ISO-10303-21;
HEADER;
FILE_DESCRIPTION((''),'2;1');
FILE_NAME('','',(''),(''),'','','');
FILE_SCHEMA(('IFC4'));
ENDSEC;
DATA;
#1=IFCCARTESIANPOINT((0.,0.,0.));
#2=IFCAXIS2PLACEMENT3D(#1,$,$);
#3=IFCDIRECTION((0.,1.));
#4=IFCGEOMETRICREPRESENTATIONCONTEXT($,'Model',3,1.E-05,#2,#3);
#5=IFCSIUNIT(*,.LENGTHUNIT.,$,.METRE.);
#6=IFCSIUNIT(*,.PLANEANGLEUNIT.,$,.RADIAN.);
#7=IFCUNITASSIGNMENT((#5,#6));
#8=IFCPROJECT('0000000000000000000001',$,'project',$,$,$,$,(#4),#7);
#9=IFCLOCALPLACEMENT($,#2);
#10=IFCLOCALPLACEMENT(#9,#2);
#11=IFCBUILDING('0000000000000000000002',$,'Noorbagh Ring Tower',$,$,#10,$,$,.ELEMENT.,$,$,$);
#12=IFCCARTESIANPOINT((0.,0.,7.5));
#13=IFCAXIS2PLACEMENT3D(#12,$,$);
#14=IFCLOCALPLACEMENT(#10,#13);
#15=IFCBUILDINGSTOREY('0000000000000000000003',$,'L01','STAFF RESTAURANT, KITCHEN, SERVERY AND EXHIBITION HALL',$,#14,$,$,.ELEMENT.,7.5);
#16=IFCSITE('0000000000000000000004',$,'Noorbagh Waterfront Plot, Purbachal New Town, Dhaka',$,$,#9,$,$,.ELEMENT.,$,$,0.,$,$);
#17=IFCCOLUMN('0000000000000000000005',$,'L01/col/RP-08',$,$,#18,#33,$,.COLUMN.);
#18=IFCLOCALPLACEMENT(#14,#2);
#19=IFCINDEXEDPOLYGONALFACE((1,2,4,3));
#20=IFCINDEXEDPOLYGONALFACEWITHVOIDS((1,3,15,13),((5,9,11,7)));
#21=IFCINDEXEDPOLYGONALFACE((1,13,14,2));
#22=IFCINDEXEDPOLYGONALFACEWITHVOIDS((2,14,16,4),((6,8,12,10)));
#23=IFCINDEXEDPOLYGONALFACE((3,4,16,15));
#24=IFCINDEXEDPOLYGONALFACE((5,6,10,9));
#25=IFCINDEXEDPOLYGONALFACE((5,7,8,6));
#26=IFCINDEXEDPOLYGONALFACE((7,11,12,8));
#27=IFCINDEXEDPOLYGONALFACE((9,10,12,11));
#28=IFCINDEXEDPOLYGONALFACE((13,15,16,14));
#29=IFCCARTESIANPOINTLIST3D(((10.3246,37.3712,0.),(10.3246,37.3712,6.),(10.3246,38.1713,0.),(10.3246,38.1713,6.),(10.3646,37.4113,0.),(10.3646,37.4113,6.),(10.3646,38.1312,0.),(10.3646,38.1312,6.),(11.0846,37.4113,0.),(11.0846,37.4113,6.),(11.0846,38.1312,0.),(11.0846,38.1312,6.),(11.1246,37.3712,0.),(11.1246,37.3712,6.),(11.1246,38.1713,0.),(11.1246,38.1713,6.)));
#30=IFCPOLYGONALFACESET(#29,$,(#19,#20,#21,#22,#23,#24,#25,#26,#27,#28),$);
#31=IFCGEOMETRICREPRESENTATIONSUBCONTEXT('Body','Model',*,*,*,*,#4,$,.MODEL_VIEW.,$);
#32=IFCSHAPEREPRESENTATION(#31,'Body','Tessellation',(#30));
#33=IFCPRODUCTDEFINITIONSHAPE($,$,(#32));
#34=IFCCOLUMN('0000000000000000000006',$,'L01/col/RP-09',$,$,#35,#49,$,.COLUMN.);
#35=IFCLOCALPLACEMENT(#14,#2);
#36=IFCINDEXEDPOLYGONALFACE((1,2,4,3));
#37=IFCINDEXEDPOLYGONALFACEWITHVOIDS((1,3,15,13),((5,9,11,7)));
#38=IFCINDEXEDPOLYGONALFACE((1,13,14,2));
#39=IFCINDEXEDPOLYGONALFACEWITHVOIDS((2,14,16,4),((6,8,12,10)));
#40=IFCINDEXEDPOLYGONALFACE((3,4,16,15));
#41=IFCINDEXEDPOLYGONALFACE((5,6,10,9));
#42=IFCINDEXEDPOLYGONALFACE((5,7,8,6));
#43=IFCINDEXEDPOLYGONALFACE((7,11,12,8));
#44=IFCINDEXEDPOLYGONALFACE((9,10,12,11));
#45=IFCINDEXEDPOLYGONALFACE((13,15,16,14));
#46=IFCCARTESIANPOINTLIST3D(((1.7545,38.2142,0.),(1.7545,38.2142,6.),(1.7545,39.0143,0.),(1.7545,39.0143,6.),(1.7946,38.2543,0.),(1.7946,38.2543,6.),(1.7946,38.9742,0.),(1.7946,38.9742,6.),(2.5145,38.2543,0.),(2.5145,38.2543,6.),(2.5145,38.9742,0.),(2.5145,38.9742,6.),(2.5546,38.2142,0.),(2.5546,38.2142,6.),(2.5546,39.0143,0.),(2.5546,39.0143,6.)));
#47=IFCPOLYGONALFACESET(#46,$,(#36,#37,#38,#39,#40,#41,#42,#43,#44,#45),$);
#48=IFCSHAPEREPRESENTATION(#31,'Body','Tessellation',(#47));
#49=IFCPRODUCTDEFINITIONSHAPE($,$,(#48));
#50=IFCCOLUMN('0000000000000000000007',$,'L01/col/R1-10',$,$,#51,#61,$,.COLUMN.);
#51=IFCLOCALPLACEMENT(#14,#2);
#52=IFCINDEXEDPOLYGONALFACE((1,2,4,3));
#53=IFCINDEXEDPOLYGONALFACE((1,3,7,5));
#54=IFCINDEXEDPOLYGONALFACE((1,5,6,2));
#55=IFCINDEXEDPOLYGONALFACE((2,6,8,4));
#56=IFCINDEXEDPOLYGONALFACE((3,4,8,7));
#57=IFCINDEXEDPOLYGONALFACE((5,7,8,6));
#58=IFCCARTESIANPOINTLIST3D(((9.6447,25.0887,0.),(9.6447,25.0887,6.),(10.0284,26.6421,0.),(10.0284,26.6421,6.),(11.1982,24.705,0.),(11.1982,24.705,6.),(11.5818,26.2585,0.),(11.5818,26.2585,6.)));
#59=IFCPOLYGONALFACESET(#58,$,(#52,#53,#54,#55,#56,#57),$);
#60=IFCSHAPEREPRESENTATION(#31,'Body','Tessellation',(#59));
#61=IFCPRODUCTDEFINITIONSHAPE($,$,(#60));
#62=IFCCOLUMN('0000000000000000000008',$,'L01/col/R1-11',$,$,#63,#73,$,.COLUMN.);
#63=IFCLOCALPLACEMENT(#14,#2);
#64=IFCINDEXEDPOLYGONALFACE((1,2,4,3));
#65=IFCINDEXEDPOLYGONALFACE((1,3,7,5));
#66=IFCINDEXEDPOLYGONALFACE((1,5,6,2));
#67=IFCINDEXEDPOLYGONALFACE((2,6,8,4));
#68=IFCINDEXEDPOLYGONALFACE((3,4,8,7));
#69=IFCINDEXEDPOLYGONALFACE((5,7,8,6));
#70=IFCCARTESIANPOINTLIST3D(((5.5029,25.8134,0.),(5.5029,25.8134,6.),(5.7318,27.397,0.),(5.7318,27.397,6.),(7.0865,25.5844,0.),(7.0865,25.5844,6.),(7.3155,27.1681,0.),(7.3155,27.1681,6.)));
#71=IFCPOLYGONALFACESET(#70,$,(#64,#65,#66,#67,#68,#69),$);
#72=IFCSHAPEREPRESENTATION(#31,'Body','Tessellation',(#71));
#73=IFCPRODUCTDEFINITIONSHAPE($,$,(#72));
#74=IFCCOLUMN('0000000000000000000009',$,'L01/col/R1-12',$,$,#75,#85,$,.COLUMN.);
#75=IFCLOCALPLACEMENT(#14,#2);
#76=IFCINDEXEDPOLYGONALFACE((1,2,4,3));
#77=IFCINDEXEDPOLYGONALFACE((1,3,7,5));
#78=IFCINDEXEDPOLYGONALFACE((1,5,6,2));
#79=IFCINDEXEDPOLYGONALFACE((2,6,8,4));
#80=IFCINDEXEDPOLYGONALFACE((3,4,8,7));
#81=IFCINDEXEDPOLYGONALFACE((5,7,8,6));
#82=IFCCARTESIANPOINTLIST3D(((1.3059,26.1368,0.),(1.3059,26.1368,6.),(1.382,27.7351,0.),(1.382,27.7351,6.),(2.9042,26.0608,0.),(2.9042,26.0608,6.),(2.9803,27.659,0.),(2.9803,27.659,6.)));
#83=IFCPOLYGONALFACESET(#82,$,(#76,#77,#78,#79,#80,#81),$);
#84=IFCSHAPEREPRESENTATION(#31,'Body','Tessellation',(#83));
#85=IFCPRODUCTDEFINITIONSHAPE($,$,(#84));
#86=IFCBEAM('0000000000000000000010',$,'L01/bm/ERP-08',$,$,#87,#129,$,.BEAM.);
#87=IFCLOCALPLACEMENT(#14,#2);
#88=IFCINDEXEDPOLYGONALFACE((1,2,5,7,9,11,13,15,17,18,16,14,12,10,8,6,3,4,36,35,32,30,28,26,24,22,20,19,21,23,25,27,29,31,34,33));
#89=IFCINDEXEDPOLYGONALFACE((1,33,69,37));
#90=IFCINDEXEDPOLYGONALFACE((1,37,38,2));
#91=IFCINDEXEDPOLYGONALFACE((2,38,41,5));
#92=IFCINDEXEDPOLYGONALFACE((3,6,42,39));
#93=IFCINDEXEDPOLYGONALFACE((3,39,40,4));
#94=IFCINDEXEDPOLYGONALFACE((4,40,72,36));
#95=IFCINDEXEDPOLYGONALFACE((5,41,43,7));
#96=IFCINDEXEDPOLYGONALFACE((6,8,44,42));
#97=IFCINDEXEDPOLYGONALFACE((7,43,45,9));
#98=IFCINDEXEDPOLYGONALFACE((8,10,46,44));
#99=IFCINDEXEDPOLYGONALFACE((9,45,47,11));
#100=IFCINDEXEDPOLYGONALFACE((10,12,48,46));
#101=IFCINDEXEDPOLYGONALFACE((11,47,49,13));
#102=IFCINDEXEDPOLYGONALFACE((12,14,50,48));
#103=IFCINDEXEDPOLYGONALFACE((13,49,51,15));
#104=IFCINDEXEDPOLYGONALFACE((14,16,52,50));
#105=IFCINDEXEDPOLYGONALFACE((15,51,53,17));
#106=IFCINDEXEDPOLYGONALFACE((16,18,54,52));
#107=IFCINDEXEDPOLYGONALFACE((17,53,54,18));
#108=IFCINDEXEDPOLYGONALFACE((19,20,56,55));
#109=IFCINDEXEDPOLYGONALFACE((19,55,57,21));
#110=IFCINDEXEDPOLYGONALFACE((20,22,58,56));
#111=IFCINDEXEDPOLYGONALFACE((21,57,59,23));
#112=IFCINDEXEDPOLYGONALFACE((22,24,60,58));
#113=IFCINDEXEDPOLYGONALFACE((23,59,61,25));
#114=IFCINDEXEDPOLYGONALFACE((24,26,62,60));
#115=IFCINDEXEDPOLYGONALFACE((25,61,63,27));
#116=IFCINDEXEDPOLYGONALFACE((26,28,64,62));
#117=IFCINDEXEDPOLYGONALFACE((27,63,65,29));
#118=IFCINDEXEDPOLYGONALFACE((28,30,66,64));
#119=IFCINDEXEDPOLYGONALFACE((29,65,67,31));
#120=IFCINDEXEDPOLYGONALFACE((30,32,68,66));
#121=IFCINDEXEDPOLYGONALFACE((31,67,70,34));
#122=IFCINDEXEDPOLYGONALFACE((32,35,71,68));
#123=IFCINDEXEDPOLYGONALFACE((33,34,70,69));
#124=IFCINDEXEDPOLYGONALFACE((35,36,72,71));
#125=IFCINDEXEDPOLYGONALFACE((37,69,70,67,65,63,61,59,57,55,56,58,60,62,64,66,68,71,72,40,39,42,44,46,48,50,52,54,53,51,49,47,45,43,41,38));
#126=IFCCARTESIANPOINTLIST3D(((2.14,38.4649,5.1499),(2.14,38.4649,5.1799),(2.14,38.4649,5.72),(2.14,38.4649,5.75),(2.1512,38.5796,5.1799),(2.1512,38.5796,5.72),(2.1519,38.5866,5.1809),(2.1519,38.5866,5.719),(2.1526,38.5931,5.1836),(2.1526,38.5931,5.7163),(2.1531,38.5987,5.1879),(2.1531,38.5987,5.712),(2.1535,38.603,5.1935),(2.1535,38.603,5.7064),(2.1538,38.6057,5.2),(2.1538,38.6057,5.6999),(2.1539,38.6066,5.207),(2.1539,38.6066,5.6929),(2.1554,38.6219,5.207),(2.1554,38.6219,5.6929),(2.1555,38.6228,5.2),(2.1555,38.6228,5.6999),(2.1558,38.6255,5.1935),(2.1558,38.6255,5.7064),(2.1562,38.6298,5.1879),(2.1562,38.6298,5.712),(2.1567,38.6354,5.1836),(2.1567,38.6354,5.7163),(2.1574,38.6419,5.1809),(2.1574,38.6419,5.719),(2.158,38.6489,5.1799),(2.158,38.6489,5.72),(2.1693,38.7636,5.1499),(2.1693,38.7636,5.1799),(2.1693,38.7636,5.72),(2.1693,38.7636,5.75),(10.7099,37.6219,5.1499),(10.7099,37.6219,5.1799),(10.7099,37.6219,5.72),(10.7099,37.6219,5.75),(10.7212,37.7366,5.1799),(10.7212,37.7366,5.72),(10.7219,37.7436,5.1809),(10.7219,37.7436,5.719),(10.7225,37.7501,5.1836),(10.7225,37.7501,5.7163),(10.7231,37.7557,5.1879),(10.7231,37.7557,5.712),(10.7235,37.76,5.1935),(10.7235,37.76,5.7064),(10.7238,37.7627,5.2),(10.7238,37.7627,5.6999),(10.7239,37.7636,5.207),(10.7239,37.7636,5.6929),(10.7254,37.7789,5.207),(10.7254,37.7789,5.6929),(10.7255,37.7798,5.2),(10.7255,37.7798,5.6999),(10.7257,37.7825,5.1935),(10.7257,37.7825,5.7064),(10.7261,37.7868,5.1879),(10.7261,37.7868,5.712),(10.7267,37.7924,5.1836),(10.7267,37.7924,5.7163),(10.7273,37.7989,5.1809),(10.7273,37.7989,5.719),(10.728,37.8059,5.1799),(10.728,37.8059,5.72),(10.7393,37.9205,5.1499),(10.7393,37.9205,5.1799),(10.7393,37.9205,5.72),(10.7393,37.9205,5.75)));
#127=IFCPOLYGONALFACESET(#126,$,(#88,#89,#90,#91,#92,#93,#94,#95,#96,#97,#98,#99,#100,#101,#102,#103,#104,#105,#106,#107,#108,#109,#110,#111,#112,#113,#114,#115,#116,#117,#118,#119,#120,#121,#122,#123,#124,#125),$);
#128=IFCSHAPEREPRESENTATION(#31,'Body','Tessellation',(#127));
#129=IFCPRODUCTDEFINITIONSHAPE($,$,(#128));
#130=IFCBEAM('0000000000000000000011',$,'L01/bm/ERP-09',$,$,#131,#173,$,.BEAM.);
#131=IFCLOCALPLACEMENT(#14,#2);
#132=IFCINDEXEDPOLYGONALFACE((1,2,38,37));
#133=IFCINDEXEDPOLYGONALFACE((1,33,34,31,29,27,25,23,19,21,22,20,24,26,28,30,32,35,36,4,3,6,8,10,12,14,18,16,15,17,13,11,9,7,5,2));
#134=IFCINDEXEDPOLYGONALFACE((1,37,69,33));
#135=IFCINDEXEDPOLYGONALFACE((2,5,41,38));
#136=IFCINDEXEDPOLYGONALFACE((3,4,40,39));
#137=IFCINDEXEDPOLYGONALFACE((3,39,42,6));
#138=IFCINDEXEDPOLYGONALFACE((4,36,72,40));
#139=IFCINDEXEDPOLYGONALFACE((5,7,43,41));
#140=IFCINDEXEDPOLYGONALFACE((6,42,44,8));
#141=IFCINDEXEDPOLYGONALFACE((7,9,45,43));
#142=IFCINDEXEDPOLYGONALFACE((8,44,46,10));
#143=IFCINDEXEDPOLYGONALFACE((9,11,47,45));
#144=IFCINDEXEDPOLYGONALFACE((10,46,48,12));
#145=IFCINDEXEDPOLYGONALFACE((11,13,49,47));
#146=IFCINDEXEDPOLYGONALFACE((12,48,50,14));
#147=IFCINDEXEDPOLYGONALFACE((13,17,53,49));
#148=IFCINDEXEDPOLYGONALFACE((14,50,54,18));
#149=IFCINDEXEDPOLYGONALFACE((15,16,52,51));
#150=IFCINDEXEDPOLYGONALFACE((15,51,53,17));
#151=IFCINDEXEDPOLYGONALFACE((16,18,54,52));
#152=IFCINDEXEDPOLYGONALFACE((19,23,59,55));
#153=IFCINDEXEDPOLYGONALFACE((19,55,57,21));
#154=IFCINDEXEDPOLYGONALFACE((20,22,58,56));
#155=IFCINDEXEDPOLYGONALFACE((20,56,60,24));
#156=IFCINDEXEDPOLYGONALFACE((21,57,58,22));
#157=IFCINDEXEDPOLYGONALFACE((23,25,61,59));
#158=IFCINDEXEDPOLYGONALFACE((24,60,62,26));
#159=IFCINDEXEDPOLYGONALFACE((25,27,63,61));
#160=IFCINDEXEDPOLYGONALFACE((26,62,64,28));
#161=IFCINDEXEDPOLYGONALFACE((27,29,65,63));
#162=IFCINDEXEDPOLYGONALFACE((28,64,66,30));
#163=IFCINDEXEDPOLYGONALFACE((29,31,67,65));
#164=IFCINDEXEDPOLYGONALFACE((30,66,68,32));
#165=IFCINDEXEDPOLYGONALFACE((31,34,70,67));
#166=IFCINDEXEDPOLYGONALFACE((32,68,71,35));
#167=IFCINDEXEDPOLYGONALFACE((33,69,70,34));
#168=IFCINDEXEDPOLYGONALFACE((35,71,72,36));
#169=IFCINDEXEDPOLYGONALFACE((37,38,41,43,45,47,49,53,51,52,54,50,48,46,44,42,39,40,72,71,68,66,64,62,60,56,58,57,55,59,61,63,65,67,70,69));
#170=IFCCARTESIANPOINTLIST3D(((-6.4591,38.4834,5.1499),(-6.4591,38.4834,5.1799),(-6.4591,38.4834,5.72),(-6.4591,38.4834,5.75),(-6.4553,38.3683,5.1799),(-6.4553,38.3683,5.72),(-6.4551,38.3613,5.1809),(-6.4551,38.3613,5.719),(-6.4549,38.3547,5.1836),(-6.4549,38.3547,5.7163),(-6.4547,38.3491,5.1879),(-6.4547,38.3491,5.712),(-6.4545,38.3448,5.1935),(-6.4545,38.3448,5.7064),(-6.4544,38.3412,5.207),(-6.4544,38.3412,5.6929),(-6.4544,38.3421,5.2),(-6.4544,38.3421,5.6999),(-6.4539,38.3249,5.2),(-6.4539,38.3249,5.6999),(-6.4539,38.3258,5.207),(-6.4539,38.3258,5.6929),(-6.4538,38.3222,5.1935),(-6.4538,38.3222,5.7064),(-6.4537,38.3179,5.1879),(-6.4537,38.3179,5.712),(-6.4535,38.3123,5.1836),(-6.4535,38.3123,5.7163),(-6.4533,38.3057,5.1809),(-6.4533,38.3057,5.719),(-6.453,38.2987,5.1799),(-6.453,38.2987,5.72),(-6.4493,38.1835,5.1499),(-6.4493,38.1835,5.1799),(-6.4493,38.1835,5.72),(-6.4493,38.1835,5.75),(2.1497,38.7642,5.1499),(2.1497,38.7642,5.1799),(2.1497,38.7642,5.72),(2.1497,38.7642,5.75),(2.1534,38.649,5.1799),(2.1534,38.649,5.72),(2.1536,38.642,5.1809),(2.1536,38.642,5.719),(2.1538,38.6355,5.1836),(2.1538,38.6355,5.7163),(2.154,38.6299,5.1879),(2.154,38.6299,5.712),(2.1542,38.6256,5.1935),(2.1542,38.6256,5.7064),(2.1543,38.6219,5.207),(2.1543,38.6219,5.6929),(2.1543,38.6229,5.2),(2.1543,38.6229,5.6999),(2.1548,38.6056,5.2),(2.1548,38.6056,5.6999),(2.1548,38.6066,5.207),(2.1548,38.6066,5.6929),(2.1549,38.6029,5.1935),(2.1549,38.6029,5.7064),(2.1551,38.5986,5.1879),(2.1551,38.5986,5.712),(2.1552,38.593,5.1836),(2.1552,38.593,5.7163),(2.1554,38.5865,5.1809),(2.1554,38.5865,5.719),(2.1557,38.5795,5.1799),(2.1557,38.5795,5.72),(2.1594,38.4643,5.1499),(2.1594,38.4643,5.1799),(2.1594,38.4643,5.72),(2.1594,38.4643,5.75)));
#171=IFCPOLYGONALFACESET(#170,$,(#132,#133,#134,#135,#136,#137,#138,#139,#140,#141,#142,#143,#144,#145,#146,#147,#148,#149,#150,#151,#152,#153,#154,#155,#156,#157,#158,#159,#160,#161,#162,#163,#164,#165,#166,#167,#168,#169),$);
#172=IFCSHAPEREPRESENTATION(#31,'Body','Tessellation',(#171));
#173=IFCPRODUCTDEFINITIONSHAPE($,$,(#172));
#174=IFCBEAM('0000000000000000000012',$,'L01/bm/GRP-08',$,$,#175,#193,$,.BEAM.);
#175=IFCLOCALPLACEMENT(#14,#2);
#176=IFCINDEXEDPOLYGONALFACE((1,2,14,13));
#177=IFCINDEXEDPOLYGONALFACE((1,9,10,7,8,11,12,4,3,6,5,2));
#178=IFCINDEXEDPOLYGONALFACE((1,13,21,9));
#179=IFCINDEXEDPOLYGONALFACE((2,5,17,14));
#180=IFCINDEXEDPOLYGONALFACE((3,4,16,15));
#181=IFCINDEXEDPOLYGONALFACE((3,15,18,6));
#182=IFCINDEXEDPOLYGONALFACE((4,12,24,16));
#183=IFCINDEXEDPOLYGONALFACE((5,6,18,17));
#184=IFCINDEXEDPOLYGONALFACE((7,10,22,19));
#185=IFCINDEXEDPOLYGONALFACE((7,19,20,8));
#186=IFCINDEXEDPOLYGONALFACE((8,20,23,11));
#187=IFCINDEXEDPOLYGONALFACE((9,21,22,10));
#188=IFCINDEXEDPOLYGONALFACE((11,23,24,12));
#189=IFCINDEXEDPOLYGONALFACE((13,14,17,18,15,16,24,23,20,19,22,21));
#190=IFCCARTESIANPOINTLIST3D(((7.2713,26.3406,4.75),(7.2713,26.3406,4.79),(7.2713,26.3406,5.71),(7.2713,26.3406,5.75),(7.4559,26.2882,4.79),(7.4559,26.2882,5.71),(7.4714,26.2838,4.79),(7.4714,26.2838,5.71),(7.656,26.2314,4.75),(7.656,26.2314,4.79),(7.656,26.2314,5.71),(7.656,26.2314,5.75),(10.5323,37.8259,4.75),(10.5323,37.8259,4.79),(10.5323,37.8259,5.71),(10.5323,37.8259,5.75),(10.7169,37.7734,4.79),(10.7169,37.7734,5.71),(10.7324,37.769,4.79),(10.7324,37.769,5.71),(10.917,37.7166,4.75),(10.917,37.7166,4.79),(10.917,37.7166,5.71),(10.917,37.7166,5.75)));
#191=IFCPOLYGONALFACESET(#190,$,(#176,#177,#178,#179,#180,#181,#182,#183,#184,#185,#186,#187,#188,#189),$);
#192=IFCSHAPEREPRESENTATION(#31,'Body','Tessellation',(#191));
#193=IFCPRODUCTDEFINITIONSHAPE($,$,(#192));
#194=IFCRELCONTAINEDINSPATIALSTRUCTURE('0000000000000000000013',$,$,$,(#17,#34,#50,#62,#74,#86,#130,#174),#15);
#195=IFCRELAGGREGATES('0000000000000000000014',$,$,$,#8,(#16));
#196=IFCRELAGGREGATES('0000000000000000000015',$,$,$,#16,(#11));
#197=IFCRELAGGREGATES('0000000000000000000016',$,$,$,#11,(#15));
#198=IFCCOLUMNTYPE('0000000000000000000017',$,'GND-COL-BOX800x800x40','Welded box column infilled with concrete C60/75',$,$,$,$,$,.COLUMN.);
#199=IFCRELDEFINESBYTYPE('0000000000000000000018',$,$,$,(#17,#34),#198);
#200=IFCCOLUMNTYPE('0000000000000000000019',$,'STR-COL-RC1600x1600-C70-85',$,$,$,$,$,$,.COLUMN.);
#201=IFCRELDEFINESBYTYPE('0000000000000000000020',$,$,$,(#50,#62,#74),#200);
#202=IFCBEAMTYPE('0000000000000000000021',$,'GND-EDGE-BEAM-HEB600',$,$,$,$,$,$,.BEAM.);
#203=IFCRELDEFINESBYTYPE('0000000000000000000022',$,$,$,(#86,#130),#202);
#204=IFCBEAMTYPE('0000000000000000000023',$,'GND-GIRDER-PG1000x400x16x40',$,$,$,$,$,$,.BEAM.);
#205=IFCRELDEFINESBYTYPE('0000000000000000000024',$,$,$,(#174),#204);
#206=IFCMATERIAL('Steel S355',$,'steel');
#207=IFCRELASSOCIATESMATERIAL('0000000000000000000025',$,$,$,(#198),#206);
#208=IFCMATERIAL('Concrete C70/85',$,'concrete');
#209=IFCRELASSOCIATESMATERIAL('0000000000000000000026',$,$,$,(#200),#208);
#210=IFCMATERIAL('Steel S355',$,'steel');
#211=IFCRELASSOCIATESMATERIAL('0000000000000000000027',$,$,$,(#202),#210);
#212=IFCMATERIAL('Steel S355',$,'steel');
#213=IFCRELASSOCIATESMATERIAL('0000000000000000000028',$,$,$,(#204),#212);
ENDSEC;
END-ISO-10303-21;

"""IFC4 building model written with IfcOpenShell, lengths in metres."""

from ifc_helpers import new_model, si_unit, direction, frame, origin, origin_2d, place, context, subcontext, project, spatial, rectangle, hollow_rectangle, i_section, extrude, material, material_profile, profile_set, type_object, element, save


model = new_model("IFC4")

# Units and contexts
model_context = context("Model", 3, precision=1e-05, world=origin(), true_north=direction((0.0, 1.0)))
body_context = subcontext(model_context, "Body", "Model", "MODEL_VIEW")
ifc_project = project(units=[si_unit("LENGTHUNIT", "METRE"), si_unit("PLANEANGLEUNIT", "RADIAN")], contexts=[model_context])

# Site, building, storey
site_placement = place(None, origin())
site = spatial("IfcSite", under=ifc_project, at=site_placement, Name="Noorbagh Waterfront Plot, Purbachal New Town, Dhaka", CompositionType="ELEMENT", RefElevation=0.0)
building_placement = place(site_placement, origin())
building = spatial("IfcBuilding", under=site, at=building_placement, Name="Noorbagh Ring Tower", CompositionType="ELEMENT")
storey_placement = place(building_placement, frame((0.0, 0.0, 7.5)))
storey = spatial("IfcBuildingStorey", under=building, at=storey_placement, Name="L01", Description="STAFF RESTAURANT, KITCHEN, SERVERY AND EXHIBITION HALL", CompositionType="ELEMENT", Elevation=7.5)

# Columns
ifc_material_1 = material(Name="Steel S355", Category="steel")
ifc_material_profile_1 = material_profile(ifc_material_1, hollow_rectangle(XDim=0.8, YDim=0.8, WallThickness=0.04, at=origin_2d()), Name="BOX800x800x40")
ifc_profile_set_1 = profile_set([ifc_material_profile_1], Name="Steel S355")
column_type_1 = type_object("IfcColumnType", Name="GND-COL-BOX800x800x40", Description="Welded box column infilled with concrete C60/75", PredefinedType="COLUMN", material=ifc_profile_set_1)
for number, where, z_axis, x_axis, name in (
    (1, (10.7246, 37.7712, 0.0), (0.0, 0.0, 1.0), (1.0, 0.0, 0.0), "L01/col/RP-08"),
    (2, (2.1545, 38.6143, 0.0), (0.0, 0.0, 1.0), (1.0, 0.0, 0.0), "L01/col/RP-09"),
):
    element("IfcColumn", number, at=place(storey_placement, frame(where, z_axis=z_axis, x_axis=x_axis)), inside=storey, type_object=column_type_1, Name=name, PredefinedType="COLUMN", context=body_context, shape_type="SweptSolid", body=[
        extrude(hollow_rectangle(XDim=0.8, YDim=0.8, WallThickness=0.04, at=origin_2d()), origin(), (0.0, 0.0, 1.0), 6.0),
    ])
ifc_material_2 = material(Name="Concrete C70/85", Category="concrete")
ifc_material_profile_2 = material_profile(ifc_material_2, rectangle(XDim=1.6001, YDim=1.6001, at=origin_2d()), Name="RC1600x1600")
ifc_profile_set_2 = profile_set([ifc_material_profile_2], Name="Concrete C70/85")
column_type_2 = type_object("IfcColumnType", Name="STR-COL-RC1600x1600-C70-85", PredefinedType="COLUMN", material=ifc_profile_set_2)
for number, where, z_axis, x_axis, name in (
    (3, (10.6133, 25.6736, 0.0), (0.0, 0.0, 1.0), (-0.970829, 0.239771, 0.0), "L01/col/R1-10"),
    (4, (6.4092, 26.4907, 0.0), (0.0, 0.0, 1.0), (-0.989713, 0.143066, 0.0), "L01/col/R1-11"),
    (5, (2.1431, 26.8979, 0.0), (0.0, 0.0, 1.0), (-0.998869, 0.047553, 0.0), "L01/col/R1-12"),
):
    element("IfcColumn", number, at=place(storey_placement, frame(where, z_axis=z_axis, x_axis=x_axis)), inside=storey, type_object=column_type_2, Name=name, PredefinedType="COLUMN", context=body_context, shape_type="SweptSolid", body=[
        extrude(rectangle(XDim=1.6001, YDim=1.6001, at=origin_2d()), origin(), (0.0, 0.0, 1.0), 6.0),
    ])

# Beams
ifc_material_3 = material(Name="Steel S355", Category="steel")
ifc_material_profile_3 = material_profile(ifc_material_3, i_section(OverallWidth=0.3, OverallDepth=0.6001, WebThickness=0.0154, FlangeThickness=0.03, FilletRadius=0.0271, at=origin_2d()), Name="HEB600")
ifc_profile_set_3 = profile_set([ifc_material_profile_3], Name="Steel S355")
beam_type_1 = type_object("IfcBeamType", Name="GND-EDGE-BEAM-HEB600", PredefinedType="BEAM", material=ifc_profile_set_3)
beam_1_placement = place(storey_placement, frame((10.7246, 37.7712, 5.45), z_axis=(-0.995197, 0.097895, 0.0), x_axis=(-0.097895, -0.995197, 0.0)))
element("IfcBeam", 6, at=beam_1_placement, inside=storey, type_object=beam_type_1, Name="L01/bm/ERP-08", PredefinedType="BEAM", context=body_context, shape_type="SweptSolid", body=[
    extrude(i_section(OverallWidth=0.3, OverallDepth=0.6001, WebThickness=0.0154, FlangeThickness=0.03, FilletRadius=0.0271, at=origin_2d()), origin(), (0.0, 0.0, 1.0), 8.6113),
])
beam_2_placement = place(storey_placement, frame((2.1545, 38.6143, 5.45), z_axis=(-0.999469, -0.032597, 0.0), x_axis=(0.032597, -0.999469, 0.0)))
element("IfcBeam", 7, at=beam_2_placement, inside=storey, type_object=beam_type_1, Name="L01/bm/ERP-09", PredefinedType="BEAM", context=body_context, shape_type="SweptSolid", body=[
    extrude(i_section(OverallWidth=0.3, OverallDepth=0.6001, WebThickness=0.0154, FlangeThickness=0.03, FilletRadius=0.0271, at=origin_2d()), origin(), (0.0, 0.0, 1.0), 8.6133),
])
ifc_material_4 = material(Name="Steel S355", Category="steel")
ifc_material_profile_4 = material_profile(ifc_material_4, i_section(OverallWidth=0.3999, OverallDepth=1.0, WebThickness=0.0161, FlangeThickness=0.04, at=origin_2d()), Name="PG1000x400x16x40")
ifc_profile_set_4 = profile_set([ifc_material_profile_4], Name="Steel S355")
beam_type_2 = type_object("IfcBeamType", Name="GND-GIRDER-PG1000x400x16x40", PredefinedType="BEAM", material=ifc_profile_set_4)
beam_3_placement = place(storey_placement, frame((10.7246, 37.7712, 5.25), z_axis=(-0.27313, -0.961977, 0.0), x_axis=(0.961977, -0.27313, 0.0)))
element("IfcBeam", 8, at=beam_3_placement, inside=storey, type_object=beam_type_2, Name="L01/bm/GRP-08", PredefinedType="BEAM", context=body_context, shape_type="SweptSolid", body=[
    extrude(i_section(OverallWidth=0.3999, OverallDepth=1.0, WebThickness=0.0161, FlangeThickness=0.04, at=origin_2d()), origin(), (0.0, 0.0, 1.0), 11.9392),
])

save(model, "model.ifc")
